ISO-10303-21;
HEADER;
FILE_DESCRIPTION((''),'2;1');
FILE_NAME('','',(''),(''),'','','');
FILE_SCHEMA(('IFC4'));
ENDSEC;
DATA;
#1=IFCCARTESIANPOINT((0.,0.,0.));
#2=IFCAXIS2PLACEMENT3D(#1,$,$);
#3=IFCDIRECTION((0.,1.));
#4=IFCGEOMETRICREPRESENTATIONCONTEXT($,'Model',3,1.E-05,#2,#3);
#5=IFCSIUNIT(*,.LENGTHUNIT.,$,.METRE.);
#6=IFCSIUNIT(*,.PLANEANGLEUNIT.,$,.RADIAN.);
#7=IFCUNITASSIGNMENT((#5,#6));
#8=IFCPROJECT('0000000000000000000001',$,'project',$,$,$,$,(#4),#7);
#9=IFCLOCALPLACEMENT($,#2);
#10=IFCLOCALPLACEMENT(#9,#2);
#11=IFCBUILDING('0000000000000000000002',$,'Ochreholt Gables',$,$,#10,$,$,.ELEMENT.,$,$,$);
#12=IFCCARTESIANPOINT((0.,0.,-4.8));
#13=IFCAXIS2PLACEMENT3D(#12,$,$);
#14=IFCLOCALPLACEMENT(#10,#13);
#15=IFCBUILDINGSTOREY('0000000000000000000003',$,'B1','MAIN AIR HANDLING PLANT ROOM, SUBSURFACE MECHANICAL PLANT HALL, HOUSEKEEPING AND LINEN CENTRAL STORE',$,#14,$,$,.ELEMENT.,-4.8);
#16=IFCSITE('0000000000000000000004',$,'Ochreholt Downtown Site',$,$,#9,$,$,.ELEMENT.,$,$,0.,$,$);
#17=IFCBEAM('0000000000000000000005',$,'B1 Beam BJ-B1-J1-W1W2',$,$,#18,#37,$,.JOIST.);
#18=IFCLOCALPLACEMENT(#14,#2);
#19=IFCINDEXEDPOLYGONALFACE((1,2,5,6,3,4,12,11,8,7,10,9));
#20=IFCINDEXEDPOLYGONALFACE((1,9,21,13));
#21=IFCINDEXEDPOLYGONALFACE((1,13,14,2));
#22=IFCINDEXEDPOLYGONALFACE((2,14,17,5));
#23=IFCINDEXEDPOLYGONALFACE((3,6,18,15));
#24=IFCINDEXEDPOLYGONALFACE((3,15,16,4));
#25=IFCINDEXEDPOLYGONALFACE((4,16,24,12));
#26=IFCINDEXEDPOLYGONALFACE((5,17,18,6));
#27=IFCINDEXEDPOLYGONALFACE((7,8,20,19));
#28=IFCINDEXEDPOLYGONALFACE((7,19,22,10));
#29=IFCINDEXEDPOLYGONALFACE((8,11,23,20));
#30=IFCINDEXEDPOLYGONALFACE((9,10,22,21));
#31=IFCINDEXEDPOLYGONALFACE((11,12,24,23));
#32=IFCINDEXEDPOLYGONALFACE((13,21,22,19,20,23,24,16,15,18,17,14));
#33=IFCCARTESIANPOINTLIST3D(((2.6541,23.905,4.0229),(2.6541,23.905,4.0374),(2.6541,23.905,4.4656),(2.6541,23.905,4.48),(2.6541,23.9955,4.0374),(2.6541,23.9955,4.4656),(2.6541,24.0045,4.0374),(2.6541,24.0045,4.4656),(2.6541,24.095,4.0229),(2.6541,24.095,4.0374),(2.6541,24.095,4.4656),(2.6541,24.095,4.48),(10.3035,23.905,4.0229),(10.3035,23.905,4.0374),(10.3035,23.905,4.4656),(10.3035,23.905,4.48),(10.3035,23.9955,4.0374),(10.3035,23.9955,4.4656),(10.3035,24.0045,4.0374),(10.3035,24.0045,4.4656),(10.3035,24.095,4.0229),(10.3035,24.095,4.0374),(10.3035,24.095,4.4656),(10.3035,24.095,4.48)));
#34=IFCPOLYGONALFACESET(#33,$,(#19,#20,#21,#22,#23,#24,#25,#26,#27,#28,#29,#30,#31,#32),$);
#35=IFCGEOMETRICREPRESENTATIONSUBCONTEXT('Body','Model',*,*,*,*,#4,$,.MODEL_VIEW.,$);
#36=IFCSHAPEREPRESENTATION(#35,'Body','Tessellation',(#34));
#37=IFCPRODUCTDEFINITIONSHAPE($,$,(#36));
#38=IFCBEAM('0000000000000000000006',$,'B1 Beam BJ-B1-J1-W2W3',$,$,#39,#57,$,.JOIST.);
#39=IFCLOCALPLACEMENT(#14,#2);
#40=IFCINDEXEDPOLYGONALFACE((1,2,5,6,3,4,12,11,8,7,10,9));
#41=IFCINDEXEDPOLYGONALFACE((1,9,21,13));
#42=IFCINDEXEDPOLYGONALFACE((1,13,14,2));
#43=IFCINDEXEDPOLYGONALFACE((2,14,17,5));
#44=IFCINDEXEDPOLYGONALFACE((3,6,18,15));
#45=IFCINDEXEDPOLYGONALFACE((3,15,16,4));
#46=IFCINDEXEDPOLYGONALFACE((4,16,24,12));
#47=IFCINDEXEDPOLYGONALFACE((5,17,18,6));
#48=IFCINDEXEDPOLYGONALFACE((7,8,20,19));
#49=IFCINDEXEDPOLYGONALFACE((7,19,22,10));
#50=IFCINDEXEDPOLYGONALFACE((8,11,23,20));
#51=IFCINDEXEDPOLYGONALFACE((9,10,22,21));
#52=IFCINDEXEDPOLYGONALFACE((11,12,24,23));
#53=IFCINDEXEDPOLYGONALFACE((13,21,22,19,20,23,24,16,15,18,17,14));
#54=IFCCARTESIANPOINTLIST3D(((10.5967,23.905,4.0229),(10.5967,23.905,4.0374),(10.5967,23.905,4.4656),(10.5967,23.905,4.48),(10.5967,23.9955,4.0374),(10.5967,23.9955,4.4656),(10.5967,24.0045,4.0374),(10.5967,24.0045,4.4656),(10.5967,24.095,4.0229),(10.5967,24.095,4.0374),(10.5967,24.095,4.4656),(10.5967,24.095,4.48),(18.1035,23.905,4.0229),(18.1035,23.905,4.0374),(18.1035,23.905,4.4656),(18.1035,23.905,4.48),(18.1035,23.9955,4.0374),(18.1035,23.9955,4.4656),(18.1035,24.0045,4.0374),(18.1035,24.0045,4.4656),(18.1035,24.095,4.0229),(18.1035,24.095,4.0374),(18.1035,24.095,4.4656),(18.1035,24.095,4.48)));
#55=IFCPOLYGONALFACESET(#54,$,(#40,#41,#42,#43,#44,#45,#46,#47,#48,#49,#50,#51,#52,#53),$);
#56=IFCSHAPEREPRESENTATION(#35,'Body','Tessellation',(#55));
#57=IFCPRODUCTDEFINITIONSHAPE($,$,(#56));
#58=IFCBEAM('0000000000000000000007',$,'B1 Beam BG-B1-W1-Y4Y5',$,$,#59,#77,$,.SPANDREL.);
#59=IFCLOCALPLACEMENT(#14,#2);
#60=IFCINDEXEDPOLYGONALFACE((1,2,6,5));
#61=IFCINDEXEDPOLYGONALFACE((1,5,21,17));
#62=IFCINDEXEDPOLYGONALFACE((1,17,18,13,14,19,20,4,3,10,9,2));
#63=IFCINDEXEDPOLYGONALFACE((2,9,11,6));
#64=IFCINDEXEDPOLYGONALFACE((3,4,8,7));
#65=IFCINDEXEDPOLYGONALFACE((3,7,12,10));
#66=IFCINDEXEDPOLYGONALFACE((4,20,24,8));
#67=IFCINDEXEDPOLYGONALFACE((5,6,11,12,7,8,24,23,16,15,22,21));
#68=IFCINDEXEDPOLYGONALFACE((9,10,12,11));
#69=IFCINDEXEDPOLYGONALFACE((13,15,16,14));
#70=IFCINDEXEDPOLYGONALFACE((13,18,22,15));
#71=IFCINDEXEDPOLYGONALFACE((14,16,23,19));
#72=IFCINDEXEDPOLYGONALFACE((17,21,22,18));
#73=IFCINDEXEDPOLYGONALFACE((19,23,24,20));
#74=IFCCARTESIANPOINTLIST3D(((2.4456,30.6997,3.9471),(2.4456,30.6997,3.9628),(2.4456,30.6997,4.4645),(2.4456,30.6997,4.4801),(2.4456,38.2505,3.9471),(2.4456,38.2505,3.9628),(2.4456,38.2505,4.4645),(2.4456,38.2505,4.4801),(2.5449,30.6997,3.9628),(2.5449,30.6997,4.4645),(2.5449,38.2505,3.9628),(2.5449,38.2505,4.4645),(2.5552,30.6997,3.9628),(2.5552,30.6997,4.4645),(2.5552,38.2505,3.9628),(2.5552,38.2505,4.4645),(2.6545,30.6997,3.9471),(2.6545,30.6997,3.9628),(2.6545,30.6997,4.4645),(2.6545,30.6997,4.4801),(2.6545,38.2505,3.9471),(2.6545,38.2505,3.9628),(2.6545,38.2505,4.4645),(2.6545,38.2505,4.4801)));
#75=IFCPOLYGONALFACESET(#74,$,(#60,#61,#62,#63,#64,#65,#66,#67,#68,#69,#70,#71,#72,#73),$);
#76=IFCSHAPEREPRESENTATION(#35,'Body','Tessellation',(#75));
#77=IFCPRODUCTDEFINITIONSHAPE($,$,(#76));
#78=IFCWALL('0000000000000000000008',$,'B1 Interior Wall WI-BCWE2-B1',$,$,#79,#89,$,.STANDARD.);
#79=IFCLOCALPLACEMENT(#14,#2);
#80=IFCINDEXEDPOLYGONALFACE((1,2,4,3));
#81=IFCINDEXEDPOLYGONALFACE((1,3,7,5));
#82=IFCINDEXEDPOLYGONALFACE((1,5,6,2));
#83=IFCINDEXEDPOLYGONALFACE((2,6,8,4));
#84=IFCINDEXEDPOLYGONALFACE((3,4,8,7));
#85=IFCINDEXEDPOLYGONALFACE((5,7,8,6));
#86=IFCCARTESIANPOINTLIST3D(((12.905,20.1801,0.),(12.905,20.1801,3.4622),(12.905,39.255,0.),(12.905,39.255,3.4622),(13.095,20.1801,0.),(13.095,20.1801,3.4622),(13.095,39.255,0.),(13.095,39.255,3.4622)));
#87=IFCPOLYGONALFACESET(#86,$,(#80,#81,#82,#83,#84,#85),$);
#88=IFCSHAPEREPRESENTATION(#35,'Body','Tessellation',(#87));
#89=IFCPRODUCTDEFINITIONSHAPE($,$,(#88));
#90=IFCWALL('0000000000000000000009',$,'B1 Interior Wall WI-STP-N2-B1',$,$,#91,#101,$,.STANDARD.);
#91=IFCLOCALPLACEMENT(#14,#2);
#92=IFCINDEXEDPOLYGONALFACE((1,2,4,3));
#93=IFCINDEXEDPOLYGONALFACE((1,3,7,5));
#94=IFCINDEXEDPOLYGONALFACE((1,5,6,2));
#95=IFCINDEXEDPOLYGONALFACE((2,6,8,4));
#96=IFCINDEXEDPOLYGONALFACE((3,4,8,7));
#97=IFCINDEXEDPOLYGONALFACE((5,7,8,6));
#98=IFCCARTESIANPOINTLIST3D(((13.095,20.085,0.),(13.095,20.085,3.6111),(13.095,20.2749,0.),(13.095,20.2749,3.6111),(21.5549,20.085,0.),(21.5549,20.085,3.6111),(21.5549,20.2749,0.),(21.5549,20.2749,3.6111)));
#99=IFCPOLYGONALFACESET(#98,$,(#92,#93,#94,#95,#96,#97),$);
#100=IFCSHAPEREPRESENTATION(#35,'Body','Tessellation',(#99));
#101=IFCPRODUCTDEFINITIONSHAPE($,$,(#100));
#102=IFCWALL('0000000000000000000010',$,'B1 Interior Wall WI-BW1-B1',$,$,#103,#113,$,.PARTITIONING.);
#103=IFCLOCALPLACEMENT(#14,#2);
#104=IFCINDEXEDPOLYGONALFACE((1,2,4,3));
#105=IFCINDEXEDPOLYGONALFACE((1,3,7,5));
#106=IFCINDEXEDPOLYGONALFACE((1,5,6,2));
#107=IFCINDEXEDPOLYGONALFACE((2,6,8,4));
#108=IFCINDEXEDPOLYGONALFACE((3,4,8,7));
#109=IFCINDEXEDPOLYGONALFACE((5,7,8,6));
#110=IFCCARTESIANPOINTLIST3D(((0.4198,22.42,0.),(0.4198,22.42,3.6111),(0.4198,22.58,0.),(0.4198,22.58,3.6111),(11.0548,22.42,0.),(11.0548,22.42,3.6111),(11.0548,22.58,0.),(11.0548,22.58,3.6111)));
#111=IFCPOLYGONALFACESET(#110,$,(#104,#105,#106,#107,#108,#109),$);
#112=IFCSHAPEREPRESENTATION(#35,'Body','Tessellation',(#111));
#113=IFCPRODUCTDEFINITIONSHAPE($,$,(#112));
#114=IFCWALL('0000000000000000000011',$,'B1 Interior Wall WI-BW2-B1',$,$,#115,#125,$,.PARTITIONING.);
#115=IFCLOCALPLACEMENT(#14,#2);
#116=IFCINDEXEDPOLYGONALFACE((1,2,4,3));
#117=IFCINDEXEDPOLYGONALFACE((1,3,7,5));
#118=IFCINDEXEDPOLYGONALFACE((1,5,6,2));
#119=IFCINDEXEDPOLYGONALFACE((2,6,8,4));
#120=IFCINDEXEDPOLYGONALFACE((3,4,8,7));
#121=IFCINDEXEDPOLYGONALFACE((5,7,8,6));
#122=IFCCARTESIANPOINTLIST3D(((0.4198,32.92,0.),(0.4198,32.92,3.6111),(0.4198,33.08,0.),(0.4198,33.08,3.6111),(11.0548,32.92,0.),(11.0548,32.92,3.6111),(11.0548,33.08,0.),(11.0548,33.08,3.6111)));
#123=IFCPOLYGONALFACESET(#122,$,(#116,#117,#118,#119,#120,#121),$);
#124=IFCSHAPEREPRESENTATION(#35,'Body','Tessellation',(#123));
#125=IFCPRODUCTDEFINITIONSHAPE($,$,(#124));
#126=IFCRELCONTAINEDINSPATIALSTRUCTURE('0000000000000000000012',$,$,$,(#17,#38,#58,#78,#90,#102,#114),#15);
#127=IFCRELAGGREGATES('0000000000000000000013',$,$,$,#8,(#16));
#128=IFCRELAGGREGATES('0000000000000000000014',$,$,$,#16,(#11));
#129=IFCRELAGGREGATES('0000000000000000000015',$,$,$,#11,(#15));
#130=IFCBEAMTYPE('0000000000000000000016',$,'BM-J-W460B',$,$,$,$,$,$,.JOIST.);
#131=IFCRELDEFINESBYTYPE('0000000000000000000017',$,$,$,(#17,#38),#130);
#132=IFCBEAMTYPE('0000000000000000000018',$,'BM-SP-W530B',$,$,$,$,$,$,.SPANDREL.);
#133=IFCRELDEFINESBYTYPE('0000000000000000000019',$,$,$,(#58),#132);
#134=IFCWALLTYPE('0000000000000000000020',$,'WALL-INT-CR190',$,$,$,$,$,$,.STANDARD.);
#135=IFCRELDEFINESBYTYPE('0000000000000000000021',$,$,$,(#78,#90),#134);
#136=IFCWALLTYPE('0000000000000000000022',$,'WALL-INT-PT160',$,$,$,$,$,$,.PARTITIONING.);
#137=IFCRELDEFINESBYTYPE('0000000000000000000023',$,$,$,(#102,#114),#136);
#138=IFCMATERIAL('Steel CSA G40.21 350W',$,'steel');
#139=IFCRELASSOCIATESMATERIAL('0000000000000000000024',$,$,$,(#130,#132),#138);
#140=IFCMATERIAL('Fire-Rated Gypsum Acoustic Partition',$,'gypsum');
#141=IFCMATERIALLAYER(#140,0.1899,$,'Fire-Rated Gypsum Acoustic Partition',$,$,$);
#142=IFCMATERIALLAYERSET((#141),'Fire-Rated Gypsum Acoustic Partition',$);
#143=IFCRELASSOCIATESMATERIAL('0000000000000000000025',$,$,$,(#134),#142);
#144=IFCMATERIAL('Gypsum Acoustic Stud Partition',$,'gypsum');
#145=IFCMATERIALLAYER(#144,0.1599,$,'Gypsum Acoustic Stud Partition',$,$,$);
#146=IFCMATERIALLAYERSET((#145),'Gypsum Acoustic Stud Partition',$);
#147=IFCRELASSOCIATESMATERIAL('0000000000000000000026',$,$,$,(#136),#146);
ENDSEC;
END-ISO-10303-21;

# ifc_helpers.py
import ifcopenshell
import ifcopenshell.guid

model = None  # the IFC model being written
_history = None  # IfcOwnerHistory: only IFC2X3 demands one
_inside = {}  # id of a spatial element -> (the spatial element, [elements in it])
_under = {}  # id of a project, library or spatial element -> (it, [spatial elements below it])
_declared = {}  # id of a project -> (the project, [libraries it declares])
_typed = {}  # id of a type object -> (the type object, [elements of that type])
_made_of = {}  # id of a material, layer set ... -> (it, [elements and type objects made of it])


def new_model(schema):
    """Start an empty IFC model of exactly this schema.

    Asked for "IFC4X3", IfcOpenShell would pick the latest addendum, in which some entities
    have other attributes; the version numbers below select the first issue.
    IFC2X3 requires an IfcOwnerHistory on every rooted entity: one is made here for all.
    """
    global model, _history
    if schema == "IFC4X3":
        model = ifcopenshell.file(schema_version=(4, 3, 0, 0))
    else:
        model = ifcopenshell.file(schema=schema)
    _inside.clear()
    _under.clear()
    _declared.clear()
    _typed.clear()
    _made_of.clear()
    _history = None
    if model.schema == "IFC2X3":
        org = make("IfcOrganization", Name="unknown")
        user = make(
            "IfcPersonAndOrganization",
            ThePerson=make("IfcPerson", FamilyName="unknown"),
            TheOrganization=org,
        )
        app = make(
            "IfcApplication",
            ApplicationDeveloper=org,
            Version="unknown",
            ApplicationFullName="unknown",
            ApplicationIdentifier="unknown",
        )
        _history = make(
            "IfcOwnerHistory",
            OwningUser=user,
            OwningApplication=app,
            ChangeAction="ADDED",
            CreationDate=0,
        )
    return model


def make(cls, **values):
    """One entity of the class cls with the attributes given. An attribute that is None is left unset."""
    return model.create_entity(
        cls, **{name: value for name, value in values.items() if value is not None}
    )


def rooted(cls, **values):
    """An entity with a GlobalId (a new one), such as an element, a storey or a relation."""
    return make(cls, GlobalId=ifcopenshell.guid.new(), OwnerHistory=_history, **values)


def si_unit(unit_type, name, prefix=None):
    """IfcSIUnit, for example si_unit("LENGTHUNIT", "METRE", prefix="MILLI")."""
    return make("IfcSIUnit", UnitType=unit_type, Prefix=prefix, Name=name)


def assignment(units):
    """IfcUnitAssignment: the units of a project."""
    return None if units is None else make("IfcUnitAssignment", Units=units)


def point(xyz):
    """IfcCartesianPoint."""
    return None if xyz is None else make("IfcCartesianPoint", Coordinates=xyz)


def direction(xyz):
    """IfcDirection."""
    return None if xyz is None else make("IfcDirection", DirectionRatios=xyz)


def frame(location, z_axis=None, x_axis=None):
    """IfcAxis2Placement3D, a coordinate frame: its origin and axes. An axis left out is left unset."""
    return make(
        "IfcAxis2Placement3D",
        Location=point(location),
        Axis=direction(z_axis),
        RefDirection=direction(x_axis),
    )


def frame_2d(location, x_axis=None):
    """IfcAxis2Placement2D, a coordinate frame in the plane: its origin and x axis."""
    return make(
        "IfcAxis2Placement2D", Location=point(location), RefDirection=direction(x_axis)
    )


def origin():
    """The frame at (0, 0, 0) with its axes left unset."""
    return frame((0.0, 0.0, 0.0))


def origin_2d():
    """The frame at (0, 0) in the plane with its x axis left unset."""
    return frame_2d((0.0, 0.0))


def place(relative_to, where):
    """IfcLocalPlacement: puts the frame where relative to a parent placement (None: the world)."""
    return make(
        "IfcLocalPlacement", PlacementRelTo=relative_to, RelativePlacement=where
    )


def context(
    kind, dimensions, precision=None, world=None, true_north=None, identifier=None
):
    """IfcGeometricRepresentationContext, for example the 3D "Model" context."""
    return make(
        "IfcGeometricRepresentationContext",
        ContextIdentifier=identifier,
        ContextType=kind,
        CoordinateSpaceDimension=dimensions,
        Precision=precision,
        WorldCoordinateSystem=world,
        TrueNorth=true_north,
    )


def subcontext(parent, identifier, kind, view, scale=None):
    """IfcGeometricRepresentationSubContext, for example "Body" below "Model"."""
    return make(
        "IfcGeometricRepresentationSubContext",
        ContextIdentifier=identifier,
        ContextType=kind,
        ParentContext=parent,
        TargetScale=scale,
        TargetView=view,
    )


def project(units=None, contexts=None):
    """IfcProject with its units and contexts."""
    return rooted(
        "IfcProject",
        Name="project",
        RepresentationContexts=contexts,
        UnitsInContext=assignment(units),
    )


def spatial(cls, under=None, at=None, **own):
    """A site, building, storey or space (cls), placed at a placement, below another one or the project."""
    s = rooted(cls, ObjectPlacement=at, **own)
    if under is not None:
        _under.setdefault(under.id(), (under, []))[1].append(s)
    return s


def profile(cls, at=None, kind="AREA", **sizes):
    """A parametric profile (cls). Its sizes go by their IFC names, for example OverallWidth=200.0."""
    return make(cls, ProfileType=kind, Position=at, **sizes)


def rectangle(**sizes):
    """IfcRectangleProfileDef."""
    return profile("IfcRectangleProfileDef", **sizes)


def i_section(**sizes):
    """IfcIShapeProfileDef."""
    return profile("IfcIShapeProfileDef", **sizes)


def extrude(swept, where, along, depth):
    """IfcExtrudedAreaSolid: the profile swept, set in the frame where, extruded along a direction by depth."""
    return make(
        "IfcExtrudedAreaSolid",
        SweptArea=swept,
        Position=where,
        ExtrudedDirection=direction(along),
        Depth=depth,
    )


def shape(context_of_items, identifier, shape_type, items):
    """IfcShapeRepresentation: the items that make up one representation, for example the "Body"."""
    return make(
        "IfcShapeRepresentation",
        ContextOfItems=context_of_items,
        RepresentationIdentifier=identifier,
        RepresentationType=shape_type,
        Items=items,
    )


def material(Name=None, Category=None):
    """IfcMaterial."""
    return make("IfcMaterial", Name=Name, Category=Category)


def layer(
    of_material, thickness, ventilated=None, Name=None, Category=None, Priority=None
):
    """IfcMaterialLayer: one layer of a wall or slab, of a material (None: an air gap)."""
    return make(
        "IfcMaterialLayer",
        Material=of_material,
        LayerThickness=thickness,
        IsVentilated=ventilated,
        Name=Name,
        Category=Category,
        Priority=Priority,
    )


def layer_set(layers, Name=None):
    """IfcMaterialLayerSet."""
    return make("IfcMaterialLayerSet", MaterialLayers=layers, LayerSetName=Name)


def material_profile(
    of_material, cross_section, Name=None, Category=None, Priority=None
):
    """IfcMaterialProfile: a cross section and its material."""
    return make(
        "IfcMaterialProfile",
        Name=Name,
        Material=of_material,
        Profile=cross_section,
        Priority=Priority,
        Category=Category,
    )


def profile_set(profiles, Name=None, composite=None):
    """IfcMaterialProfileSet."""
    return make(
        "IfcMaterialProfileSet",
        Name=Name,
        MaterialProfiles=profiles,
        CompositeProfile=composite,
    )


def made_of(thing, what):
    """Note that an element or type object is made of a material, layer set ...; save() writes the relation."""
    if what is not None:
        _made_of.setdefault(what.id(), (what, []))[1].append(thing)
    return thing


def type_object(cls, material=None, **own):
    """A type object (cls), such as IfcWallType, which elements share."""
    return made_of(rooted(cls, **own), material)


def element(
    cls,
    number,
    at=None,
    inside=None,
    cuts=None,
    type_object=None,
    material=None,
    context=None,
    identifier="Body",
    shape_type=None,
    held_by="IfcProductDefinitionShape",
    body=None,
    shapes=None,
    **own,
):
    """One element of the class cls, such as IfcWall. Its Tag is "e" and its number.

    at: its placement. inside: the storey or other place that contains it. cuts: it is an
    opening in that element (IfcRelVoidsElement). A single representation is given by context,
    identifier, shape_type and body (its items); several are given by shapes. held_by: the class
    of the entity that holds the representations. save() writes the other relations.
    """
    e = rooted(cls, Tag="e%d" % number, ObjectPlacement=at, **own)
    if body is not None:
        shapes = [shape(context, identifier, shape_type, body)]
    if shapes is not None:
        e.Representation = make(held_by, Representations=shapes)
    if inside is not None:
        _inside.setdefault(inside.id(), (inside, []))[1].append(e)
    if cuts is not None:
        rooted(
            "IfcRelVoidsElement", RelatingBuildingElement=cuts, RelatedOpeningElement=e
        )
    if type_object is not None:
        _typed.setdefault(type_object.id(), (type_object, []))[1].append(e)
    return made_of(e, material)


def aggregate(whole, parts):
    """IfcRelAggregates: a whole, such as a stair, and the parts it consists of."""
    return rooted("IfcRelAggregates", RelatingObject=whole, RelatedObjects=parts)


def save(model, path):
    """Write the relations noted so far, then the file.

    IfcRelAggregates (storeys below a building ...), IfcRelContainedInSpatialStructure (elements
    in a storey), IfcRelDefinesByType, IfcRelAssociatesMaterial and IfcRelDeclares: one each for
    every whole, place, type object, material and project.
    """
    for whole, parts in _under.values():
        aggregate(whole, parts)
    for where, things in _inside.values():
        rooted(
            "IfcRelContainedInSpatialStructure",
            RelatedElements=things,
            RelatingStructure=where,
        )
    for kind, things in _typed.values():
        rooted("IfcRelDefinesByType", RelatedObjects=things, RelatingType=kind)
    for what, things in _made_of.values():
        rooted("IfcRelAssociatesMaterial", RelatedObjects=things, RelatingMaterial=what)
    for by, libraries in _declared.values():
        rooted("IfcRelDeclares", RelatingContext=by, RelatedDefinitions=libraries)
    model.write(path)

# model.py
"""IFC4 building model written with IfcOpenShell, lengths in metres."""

from ifc_helpers import new_model, si_unit, direction, frame, frame_2d, origin, origin_2d, place, context, subcontext, project, spatial, rectangle, i_section, extrude, material, layer, layer_set, material_profile, profile_set, type_object, element, save


model = new_model("IFC4")

# Units and contexts
model_context = context("Model", 3, precision=1e-05, world=origin(), true_north=direction((0.0, 1.0)))
body_context = subcontext(model_context, "Body", "Model", "MODEL_VIEW")
ifc_project = project(units=[si_unit("LENGTHUNIT", "METRE"), si_unit("PLANEANGLEUNIT", "RADIAN")], contexts=[model_context])

# Site, building, storey
site_placement = place(None, origin())
site = spatial("IfcSite", under=ifc_project, at=site_placement, Name="Ochreholt Downtown Site", CompositionType="ELEMENT", RefElevation=0.0)
building_placement = place(site_placement, origin())
building = spatial("IfcBuilding", under=site, at=building_placement, Name="Ochreholt Gables", CompositionType="ELEMENT")
storey_placement = place(building_placement, frame((0.0, 0.0, -4.8)))
storey = spatial("IfcBuildingStorey", under=building, at=storey_placement, Name="B1", Description="MAIN AIR HANDLING PLANT ROOM, SUBSURFACE MECHANICAL PLANT HALL, HOUSEKEEPING AND LINEN CENTRAL STORE", CompositionType="ELEMENT", Elevation=-4.8)

# Beams
ifc_material_1 = material(Name="Steel CSA G40.21 350W", Category="steel")
ifc_material_profile_1 = material_profile(ifc_material_1, i_section(OverallWidth=0.1899, OverallDepth=0.457, WebThickness=0.009, FlangeThickness=0.0144, at=origin_2d()), Name="W460X74")
ifc_profile_set_1 = profile_set([ifc_material_profile_1], Name="Steel CSA G40.21 350W")
beam_type_1 = type_object("IfcBeamType", Name="BM-J-W460B", PredefinedType="JOIST", material=ifc_profile_set_1)
beam_1_placement = place(storey_placement, frame((2.6541, 24.0, 4.2515), z_axis=(1.0, 0.0, 0.0), x_axis=(0.0, 1.0, 0.0)))
element("IfcBeam", 1, at=beam_1_placement, inside=storey, type_object=beam_type_1, Name="B1 Beam BJ-B1-J1-W1W2", PredefinedType="JOIST", context=body_context, shape_type="SweptSolid", body=[
    extrude(i_section(OverallWidth=0.1899, OverallDepth=0.457, WebThickness=0.009, FlangeThickness=0.0144, at=origin_2d()), origin(), (0.0, 0.0, 1.0), 7.6494),
])
beam_2_placement = place(storey_placement, frame((10.5967, 24.0, 4.2515), z_axis=(1.0, 0.0, 0.0), x_axis=(0.0, 1.0, 0.0)))
element("IfcBeam", 2, at=beam_2_placement, inside=storey, type_object=beam_type_1, Name="B1 Beam BJ-B1-J1-W2W3", PredefinedType="JOIST", context=body_context, shape_type="SweptSolid", body=[
    extrude(i_section(OverallWidth=0.1899, OverallDepth=0.457, WebThickness=0.009, FlangeThickness=0.0144, at=origin_2d()), origin(), (0.0, 0.0, 1.0), 7.5068),
])
ifc_material_profile_2 = material_profile(ifc_material_1, i_section(OverallWidth=0.209, OverallDepth=0.533, WebThickness=0.0103, FlangeThickness=0.0156, at=origin_2d()), Name="W530X92")
ifc_profile_set_2 = profile_set([ifc_material_profile_2], Name="Steel CSA G40.21 350W")
beam_type_2 = type_object("IfcBeamType", Name="BM-SP-W530B", PredefinedType="SPANDREL", material=ifc_profile_set_2)
beam_3_placement = place(storey_placement, frame((2.55, 30.6997, 4.2136), z_axis=(0.0, 1.0, 0.0), x_axis=(-1.0, 0.0, 0.0)))
element("IfcBeam", 3, at=beam_3_placement, inside=storey, type_object=beam_type_2, Name="B1 Beam BG-B1-W1-Y4Y5", PredefinedType="SPANDREL", context=body_context, shape_type="SweptSolid", body=[
    extrude(i_section(OverallWidth=0.209, OverallDepth=0.533, WebThickness=0.0103, FlangeThickness=0.0156, at=origin_2d()), origin(), (0.0, 0.0, 1.0), 7.5508),
])

# Walls
ifc_material_2 = material(Name="Fire-Rated Gypsum Acoustic Partition", Category="gypsum")
ifc_layer_1 = layer(ifc_material_2, 0.1899, Name="Fire-Rated Gypsum Acoustic Partition")
ifc_layer_set_1 = layer_set([ifc_layer_1], Name="Fire-Rated Gypsum Acoustic Partition")
wall_type_1 = type_object("IfcWallType", Name="WALL-INT-CR190", PredefinedType="STANDARD", material=ifc_layer_set_1)
wall_1_placement = place(storey_placement, frame((13.0, 20.1799, 0.0), z_axis=(0.0, 0.0, 1.0), x_axis=(0.0, 1.0, 0.0)))
element("IfcWall", 4, at=wall_1_placement, inside=storey, type_object=wall_type_1, Name="B1 Interior Wall WI-BCWE2-B1", PredefinedType="STANDARD", context=body_context, shape_type="SweptSolid", body=[
    extrude(rectangle(XDim=19.075, YDim=0.1899, at=frame_2d((9.5376, 0.0))), origin(), (0.0, 0.0, 1.0), 3.4622),
])
wall_2_placement = place(storey_placement, frame((13.095, 20.1799, 0.0), z_axis=(0.0, 0.0, 1.0), x_axis=(1.0, 0.0, 0.0)))
element("IfcWall", 5, at=wall_2_placement, inside=storey, type_object=wall_type_1, Name="B1 Interior Wall WI-STP-N2-B1", PredefinedType="STANDARD", context=body_context, shape_type="SweptSolid", body=[
    extrude(rectangle(XDim=8.46, YDim=0.1899, at=frame_2d((4.23, 0.0))), origin(), (0.0, 0.0, 1.0), 3.6111),
])
ifc_material_3 = material(Name="Gypsum Acoustic Stud Partition", Category="gypsum")
ifc_layer_2 = layer(ifc_material_3, 0.1599, Name="Gypsum Acoustic Stud Partition")
ifc_layer_set_2 = layer_set([ifc_layer_2], Name="Gypsum Acoustic Stud Partition")
wall_type_2 = type_object("IfcWallType", Name="WALL-INT-PT160", PredefinedType="PARTITIONING", material=ifc_layer_set_2)
for number, where, z_axis, x_axis, name in (
    (6, (0.4199, 22.5, 0.0), (0.0, 0.0, 1.0), (1.0, 0.0, 0.0), "B1 Interior Wall WI-BW1-B1"),
    (7, (0.4199, 33.0, 0.0), (0.0, 0.0, 1.0), (1.0, 0.0, 0.0), "B1 Interior Wall WI-BW2-B1"),
):
    element("IfcWall", number, at=place(storey_placement, frame(where, z_axis=z_axis, x_axis=x_axis)), inside=storey, type_object=wall_type_2, Name=name, PredefinedType="PARTITIONING", context=body_context, shape_type="SweptSolid", body=[
        extrude(rectangle(XDim=10.635, YDim=0.1599, at=frame_2d((5.3174, 0.0))), origin(), (0.0, 0.0, 1.0), 3.6111),
    ])

save(model, "model.ifc")
